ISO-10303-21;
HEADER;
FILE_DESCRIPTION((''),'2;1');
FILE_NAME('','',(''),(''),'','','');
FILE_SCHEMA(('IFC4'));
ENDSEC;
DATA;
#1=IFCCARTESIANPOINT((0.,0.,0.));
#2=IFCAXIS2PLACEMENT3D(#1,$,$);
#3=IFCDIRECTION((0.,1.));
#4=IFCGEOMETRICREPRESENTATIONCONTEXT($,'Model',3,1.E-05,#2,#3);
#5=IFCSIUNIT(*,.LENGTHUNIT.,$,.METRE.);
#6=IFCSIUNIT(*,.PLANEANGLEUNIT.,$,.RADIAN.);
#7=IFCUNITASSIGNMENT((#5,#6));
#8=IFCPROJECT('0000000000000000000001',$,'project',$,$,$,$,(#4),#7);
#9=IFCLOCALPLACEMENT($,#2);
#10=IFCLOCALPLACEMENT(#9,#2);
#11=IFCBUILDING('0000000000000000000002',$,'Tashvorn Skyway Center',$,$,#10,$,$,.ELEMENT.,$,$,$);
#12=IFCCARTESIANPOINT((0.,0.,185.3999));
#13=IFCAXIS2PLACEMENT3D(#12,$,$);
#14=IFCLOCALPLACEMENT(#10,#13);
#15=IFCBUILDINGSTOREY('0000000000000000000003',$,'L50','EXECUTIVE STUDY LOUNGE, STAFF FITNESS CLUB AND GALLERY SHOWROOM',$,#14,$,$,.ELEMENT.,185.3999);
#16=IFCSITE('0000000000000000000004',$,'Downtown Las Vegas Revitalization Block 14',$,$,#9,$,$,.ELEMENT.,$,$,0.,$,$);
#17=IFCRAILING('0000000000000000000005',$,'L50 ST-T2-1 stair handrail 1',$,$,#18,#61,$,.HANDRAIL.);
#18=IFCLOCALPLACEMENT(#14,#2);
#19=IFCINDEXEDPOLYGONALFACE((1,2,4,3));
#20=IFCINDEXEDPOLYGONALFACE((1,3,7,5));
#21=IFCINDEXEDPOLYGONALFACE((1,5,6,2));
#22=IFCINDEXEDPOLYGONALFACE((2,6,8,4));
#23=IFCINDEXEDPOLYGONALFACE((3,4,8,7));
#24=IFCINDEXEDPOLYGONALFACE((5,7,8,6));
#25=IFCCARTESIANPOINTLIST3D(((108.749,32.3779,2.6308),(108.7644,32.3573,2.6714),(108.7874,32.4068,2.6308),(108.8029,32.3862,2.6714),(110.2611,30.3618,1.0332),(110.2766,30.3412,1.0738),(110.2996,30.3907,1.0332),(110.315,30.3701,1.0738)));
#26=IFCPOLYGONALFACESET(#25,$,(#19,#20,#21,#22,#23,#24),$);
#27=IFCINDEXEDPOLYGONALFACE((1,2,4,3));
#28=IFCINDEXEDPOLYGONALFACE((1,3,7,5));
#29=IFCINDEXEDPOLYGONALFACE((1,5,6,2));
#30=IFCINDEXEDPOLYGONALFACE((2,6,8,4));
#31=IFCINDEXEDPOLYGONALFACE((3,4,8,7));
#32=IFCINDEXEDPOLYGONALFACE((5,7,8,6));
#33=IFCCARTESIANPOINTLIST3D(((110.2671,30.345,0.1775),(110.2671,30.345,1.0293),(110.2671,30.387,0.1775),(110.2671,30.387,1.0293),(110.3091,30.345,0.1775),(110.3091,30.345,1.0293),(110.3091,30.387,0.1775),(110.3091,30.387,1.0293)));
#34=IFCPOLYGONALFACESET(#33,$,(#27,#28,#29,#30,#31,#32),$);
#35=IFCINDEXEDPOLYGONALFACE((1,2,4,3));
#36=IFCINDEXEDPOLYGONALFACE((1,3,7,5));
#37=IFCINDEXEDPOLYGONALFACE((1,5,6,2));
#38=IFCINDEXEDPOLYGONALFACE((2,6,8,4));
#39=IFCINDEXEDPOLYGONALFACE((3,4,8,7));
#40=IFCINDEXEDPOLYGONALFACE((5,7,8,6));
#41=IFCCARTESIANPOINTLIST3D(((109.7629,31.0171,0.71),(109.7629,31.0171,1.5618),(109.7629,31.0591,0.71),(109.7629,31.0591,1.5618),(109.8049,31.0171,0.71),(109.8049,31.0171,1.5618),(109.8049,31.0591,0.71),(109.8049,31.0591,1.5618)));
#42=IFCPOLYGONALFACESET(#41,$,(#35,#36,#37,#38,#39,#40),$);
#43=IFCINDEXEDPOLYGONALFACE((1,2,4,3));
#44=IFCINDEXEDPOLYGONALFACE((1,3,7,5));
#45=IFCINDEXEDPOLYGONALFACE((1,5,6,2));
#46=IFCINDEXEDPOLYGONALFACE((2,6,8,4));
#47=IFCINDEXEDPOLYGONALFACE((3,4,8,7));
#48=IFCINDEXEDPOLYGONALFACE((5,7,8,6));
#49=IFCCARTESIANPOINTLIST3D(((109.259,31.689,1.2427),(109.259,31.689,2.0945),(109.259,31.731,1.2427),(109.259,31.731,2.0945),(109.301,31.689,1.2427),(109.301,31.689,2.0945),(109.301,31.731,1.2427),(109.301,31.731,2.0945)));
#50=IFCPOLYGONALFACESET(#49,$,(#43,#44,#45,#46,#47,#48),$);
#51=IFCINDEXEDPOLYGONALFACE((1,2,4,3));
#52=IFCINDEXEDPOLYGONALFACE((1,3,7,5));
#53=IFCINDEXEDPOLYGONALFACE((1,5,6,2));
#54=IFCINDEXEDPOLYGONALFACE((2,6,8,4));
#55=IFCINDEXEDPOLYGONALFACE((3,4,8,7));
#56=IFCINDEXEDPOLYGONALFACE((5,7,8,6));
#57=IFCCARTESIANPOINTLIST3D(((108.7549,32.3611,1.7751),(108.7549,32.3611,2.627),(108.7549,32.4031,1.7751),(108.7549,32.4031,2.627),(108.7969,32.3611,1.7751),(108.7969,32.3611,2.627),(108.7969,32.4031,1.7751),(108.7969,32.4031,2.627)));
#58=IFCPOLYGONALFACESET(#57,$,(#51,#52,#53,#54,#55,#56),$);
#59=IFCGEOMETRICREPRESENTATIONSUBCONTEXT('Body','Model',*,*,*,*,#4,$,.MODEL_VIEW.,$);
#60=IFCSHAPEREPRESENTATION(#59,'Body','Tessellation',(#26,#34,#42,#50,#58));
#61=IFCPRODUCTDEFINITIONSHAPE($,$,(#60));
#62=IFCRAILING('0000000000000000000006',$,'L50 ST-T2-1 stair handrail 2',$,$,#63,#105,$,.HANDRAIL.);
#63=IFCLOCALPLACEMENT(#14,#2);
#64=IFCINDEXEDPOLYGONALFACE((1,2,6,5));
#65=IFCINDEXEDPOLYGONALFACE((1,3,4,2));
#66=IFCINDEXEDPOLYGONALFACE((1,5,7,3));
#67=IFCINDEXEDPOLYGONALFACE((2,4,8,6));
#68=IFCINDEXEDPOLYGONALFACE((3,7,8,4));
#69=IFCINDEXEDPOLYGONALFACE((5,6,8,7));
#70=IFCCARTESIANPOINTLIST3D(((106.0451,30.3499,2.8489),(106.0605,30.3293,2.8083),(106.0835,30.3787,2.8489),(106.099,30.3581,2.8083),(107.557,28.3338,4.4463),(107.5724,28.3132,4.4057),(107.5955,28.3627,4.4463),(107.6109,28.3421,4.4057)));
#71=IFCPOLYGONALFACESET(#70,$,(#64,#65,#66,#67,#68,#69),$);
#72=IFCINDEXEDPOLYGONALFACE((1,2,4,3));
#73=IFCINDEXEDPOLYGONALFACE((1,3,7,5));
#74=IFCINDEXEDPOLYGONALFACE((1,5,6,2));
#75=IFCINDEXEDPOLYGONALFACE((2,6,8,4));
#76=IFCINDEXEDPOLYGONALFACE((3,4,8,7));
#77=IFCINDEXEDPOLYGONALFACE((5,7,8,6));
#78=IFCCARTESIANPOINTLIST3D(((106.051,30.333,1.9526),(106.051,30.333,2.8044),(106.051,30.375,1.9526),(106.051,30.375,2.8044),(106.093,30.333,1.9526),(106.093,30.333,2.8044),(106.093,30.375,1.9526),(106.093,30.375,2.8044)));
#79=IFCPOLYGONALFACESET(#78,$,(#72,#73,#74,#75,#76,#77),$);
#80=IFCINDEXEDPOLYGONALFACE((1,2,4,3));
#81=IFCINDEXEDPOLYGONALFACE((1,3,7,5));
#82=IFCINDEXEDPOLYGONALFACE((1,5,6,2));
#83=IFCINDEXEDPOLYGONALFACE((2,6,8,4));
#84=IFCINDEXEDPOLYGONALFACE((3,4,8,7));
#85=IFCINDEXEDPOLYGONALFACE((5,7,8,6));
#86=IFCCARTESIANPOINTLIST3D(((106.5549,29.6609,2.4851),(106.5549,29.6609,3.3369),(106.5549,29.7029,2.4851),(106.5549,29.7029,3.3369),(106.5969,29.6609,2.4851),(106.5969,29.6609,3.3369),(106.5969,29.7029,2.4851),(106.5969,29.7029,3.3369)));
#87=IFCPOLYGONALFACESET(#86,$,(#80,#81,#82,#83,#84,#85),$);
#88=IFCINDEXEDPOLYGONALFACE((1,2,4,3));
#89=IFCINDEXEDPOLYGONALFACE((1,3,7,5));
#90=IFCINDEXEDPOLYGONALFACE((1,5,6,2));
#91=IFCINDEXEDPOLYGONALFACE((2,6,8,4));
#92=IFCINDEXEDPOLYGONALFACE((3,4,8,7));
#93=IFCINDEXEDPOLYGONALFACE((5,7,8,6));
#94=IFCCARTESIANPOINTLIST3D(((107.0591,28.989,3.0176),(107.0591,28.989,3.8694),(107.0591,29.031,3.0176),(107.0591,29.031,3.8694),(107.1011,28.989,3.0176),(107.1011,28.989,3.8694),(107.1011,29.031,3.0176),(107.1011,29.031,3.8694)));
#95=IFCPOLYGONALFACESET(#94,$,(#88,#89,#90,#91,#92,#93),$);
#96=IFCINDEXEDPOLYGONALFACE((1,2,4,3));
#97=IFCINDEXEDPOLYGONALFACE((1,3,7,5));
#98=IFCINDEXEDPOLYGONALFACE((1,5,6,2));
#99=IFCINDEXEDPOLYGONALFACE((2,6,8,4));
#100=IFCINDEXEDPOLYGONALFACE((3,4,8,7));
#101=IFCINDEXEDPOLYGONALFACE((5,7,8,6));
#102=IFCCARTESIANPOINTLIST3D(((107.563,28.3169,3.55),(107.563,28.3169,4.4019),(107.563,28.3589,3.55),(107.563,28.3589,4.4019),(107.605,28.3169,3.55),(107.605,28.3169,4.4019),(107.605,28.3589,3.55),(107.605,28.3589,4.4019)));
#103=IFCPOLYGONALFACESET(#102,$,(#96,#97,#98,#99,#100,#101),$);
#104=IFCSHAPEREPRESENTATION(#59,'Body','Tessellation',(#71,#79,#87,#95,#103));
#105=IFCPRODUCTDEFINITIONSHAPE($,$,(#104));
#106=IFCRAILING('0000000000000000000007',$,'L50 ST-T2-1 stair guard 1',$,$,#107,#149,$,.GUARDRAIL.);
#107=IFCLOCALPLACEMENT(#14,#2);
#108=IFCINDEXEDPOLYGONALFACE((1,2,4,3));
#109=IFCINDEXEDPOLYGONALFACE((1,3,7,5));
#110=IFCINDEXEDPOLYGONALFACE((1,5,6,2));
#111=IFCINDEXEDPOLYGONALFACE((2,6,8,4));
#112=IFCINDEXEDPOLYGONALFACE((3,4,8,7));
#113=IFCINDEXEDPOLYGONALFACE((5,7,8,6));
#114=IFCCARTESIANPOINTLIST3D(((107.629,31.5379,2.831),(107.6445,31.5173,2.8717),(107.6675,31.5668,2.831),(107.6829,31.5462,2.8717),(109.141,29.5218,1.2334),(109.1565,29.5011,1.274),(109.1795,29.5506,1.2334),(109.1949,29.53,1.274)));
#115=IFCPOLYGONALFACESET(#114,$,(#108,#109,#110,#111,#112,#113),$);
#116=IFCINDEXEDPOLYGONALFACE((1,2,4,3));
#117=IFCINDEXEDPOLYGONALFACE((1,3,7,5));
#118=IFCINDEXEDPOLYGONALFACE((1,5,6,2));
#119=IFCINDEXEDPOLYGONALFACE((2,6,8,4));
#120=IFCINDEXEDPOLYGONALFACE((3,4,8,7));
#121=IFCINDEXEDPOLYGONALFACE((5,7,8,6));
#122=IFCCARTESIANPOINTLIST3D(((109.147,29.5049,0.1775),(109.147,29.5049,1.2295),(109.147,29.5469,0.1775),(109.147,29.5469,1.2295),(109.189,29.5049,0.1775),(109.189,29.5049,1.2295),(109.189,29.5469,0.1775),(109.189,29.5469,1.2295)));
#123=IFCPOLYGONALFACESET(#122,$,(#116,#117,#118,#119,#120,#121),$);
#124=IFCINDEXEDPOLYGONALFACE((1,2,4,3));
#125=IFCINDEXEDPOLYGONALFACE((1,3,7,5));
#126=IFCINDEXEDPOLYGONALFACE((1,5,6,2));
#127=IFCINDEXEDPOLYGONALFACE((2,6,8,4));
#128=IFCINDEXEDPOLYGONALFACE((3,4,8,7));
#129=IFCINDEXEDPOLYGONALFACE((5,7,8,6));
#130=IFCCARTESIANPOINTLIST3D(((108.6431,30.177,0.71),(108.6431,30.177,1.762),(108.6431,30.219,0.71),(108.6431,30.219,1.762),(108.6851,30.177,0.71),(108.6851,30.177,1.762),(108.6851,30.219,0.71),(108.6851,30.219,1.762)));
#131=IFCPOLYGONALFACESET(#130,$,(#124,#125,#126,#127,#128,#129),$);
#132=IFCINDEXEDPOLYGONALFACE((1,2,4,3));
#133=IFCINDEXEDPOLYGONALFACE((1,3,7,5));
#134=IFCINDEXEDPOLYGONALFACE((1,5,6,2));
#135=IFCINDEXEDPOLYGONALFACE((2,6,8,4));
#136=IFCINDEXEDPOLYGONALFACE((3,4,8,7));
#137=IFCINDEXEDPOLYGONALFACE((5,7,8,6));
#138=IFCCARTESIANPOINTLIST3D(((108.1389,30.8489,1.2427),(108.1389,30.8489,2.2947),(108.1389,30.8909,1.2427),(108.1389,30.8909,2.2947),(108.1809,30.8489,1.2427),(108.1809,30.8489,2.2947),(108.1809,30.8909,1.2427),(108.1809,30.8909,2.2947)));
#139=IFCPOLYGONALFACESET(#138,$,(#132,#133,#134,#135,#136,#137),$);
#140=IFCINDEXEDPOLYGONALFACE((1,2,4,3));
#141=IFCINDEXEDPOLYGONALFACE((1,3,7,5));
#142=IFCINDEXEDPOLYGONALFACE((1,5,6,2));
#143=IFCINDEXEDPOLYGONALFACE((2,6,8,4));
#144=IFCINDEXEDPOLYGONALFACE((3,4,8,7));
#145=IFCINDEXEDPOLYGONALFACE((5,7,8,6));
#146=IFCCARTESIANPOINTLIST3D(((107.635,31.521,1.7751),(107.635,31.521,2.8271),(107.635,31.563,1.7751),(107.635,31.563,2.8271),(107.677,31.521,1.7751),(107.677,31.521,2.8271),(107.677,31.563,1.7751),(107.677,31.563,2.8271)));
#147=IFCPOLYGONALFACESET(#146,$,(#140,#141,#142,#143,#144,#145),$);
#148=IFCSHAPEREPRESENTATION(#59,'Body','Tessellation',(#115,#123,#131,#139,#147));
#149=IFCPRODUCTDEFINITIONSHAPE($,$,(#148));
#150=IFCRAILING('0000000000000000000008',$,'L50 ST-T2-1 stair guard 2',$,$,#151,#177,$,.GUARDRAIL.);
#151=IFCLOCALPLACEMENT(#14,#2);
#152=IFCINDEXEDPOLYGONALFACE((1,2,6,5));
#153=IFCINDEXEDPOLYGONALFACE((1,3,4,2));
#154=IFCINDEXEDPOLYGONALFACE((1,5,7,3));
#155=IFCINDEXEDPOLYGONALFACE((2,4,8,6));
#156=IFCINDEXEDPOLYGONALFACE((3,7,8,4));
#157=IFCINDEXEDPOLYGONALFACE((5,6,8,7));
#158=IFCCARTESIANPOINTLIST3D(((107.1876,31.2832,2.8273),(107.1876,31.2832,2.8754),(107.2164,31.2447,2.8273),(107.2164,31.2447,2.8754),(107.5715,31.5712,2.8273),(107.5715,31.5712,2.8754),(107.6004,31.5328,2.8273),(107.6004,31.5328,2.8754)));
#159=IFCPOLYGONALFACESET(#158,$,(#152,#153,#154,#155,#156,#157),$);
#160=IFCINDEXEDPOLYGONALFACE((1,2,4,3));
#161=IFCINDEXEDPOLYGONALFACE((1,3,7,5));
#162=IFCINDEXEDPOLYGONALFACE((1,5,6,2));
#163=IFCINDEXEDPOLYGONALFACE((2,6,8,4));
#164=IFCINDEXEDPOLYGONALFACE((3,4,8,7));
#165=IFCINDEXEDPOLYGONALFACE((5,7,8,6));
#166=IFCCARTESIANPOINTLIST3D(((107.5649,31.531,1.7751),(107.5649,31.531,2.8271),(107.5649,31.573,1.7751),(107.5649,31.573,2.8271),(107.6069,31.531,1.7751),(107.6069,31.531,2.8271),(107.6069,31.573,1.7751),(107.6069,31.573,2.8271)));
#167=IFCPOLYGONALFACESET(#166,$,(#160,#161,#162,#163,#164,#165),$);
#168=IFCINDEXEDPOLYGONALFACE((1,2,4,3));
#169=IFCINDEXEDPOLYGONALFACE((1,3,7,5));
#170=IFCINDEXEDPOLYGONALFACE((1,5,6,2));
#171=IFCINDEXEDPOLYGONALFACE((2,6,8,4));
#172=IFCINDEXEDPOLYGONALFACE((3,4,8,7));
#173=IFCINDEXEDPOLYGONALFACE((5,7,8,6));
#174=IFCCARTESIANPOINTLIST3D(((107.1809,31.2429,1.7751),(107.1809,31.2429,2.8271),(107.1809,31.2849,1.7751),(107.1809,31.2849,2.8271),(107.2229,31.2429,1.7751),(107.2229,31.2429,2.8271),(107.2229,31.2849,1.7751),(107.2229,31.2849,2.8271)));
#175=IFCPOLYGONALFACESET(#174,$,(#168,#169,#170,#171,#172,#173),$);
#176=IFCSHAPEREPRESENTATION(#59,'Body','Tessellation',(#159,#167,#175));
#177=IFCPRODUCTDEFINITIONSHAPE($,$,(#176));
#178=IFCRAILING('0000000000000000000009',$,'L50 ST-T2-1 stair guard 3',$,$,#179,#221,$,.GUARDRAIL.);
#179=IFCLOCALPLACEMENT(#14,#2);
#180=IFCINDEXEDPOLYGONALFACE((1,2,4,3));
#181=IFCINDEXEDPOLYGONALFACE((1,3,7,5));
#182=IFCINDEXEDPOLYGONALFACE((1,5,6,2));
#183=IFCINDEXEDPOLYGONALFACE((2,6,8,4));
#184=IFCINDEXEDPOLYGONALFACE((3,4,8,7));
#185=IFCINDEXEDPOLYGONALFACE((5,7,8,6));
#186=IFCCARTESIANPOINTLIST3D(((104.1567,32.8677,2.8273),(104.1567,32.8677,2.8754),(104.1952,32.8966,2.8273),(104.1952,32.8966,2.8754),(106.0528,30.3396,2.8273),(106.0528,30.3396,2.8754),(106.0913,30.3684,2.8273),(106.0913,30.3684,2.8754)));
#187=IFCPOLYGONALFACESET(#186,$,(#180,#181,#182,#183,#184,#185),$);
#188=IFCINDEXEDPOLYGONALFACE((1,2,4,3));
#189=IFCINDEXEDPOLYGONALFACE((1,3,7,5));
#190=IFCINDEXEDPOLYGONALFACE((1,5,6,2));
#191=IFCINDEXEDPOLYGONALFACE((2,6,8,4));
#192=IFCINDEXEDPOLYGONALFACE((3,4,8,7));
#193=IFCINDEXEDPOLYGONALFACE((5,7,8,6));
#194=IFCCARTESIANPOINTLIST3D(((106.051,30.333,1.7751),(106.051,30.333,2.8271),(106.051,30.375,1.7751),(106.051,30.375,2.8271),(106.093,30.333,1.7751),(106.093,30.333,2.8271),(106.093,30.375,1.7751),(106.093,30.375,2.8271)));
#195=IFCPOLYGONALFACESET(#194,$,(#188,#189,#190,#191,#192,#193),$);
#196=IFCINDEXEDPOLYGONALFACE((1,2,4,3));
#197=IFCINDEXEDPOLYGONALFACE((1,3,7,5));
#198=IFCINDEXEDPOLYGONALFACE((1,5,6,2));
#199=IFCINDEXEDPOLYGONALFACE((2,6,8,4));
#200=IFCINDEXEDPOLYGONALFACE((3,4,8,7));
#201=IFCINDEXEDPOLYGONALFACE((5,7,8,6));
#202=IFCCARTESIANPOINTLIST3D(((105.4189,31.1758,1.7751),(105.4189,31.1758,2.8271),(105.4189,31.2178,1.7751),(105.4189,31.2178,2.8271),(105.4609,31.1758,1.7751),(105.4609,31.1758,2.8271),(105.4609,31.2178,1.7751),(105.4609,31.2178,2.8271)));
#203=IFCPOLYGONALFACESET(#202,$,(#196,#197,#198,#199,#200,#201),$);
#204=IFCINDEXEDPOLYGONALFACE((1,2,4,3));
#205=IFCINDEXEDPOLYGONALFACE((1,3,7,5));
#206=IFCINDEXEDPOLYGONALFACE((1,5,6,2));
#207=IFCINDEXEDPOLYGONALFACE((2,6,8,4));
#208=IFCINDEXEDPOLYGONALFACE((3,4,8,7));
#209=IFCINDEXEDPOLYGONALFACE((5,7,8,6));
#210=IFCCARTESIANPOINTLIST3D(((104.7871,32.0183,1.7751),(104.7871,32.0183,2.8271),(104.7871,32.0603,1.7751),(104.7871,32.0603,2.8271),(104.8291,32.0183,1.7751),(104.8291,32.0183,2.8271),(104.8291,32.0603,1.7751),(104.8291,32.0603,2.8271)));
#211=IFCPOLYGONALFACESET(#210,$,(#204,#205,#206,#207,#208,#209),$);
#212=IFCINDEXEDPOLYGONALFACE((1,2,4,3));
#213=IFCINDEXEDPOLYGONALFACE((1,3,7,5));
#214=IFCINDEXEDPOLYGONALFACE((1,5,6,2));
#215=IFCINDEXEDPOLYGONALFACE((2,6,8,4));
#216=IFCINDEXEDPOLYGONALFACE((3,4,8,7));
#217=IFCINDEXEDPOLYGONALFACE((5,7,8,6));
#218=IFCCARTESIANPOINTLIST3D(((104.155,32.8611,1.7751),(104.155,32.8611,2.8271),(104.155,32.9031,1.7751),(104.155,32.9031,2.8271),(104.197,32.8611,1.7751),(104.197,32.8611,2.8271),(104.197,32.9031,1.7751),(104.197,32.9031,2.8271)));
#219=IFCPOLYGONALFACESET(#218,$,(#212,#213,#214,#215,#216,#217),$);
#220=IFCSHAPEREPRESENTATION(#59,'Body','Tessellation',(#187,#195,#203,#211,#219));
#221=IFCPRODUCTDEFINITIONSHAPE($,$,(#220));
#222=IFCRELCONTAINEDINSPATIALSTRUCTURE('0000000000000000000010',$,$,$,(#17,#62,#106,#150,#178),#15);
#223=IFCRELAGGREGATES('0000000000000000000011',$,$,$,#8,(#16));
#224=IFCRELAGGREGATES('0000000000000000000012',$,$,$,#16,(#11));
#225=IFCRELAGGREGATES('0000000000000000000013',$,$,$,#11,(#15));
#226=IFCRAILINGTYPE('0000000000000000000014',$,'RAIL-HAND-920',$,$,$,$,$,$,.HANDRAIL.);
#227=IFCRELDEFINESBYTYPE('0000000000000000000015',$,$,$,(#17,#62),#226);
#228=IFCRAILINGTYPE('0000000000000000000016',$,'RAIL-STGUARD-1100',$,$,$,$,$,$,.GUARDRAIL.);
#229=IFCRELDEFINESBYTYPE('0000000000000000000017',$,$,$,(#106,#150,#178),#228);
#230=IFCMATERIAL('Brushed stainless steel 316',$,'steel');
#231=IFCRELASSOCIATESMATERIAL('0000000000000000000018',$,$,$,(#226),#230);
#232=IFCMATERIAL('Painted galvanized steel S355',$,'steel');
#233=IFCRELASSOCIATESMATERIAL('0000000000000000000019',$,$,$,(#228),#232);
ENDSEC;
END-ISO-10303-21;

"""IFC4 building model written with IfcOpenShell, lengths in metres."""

from ifc_helpers import new_model, si_unit, direction, frame, origin, origin_2d, place, context, subcontext, project, spatial, rectangle, extrude, material, type_object, element, save


model = new_model("IFC4")

# Units and contexts
model_context = context("Model", 3, precision=1e-05, world=origin(), true_north=direction((0.0, 1.0)))
body_context = subcontext(model_context, "Body", "Model", "MODEL_VIEW")
ifc_project = project(units=[si_unit("LENGTHUNIT", "METRE"), si_unit("PLANEANGLEUNIT", "RADIAN")], contexts=[model_context])

# Site, building, storey
site_placement = place(None, origin())
site = spatial("IfcSite", under=ifc_project, at=site_placement, Name="Downtown Las Vegas Revitalization Block 14", CompositionType="ELEMENT", RefElevation=0.0)
building_placement = place(site_placement, origin())
building = spatial("IfcBuilding", under=site, at=building_placement, Name="Tashvorn Skyway Center", CompositionType="ELEMENT")
storey_placement = place(building_placement, frame((0.0, 0.0, 185.3999)))
storey = spatial("IfcBuildingStorey", under=building, at=storey_placement, Name="L50", Description="EXECUTIVE STUDY LOUNGE, STAFF FITNESS CLUB AND GALLERY SHOWROOM", CompositionType="ELEMENT", Elevation=185.3999)

# Railings
ifc_material_1 = material(Name="Brushed stainless steel 316", Category="steel")
railing_type_1 = type_object("IfcRailingType", Name="RAIL-HAND-920", PredefinedType="HANDRAIL", material=ifc_material_1)
railing_1_placement = place(storey_placement, frame((110.2881, 30.366, 0.1775)))
element("IfcRailing", 1, at=railing_1_placement, inside=storey, type_object=railing_type_1, Name="L50 ST-T2-1 stair handrail 1", PredefinedType="HANDRAIL", context=body_context, shape_type="SweptSolid", body=[
    extrude(rectangle(XDim=0.0481, YDim=0.0481, at=origin_2d()), frame((0.0, 0.0, 0.876), z_axis=(-0.506779, 0.675651, 0.535416), x_axis=(-0.799977, -0.600031, 0.0)), (0.0, 0.0, 1.0), 2.9839),
    extrude(rectangle(XDim=0.042, YDim=0.042, at=origin_2d()), origin(), (0.0, 0.0, 1.0), 0.8518),
    extrude(rectangle(XDim=0.042, YDim=0.042, at=origin_2d()), frame((-0.5042, 0.6721, 0.5325)), (0.0, 0.0, 1.0), 0.8518),
    extrude(rectangle(XDim=0.042, YDim=0.042, at=origin_2d()), frame((-1.0081, 1.344, 1.0652)), (0.0, 0.0, 1.0), 0.8518),
    extrude(rectangle(XDim=0.042, YDim=0.042, at=origin_2d()), frame((-1.5122, 2.0161, 1.5977)), (0.0, 0.0, 1.0), 0.8518),
])
railing_2_placement = place(storey_placement, frame((106.072, 30.354, 1.9526)))
element("IfcRailing", 2, at=railing_2_placement, inside=storey, type_object=railing_type_1, Name="L50 ST-T2-1 stair handrail 2", PredefinedType="HANDRAIL", context=body_context, shape_type="SweptSolid", body=[
    extrude(rectangle(XDim=0.0481, YDim=0.0481, at=origin_2d()), frame((0.0, 0.0, 0.876), z_axis=(0.506741, -0.675709, 0.535379), x_axis=(0.800023, 0.599969, 0.0)), (0.0, 0.0, 1.0), 2.9836),
    extrude(rectangle(XDim=0.042, YDim=0.042, at=origin_2d()), origin(), (0.0, 0.0, 1.0), 0.8518),
    extrude(rectangle(XDim=0.042, YDim=0.042, at=origin_2d()), frame((0.5039, -0.6721, 0.5325)), (0.0, 0.0, 1.0), 0.8518),
    extrude(rectangle(XDim=0.042, YDim=0.042, at=origin_2d()), frame((1.0081, -1.344, 1.0649)), (0.0, 0.0, 1.0), 0.8518),
    extrude(rectangle(XDim=0.042, YDim=0.042, at=origin_2d()), frame((1.512, -2.0161, 1.5974)), (0.0, 0.0, 1.0), 0.8518),
])
ifc_material_2 = material(Name="Painted galvanized steel S355", Category="steel")
railing_type_2 = type_object("IfcRailingType", Name="RAIL-STGUARD-1100", PredefinedType="GUARDRAIL", material=ifc_material_2)
railing_3_placement = place(storey_placement, frame((109.168, 29.5259, 0.1775)))
element("IfcRailing", 3, at=railing_3_placement, inside=storey, type_object=railing_type_2, Name="L50 ST-T2-1 stair guard 1", PredefinedType="GUARDRAIL", context=body_context, shape_type="SweptSolid", body=[
    extrude(rectangle(XDim=0.0481, YDim=0.0481, at=origin_2d()), frame((0.0, 0.0, 1.0762), z_axis=(-0.506719, 0.675679, 0.535438), x_axis=(-0.800023, -0.599969, 0.0)), (0.0, 0.0, 1.0), 2.9839),
    extrude(rectangle(XDim=0.042, YDim=0.042, at=origin_2d()), origin(), (0.0, 0.0, 1.0), 1.052),
    extrude(rectangle(XDim=0.042, YDim=0.042, at=origin_2d()), frame((-0.5039, 0.6721, 0.5325)), (0.0, 0.0, 1.0), 1.052),
    extrude(rectangle(XDim=0.042, YDim=0.042, at=origin_2d()), frame((-1.0081, 1.344, 1.0652)), (0.0, 0.0, 1.0), 1.052),
    extrude(rectangle(XDim=0.042, YDim=0.042, at=origin_2d()), frame((-1.512, 2.0161, 1.5977)), (0.0, 0.0, 1.0), 1.052),
])
railing_4_placement = place(storey_placement, frame((107.5859, 31.552, 1.7751)))
element("IfcRailing", 4, at=railing_4_placement, inside=storey, type_object=railing_type_2, Name="L50 ST-T2-1 stair guard 2", PredefinedType="GUARDRAIL", context=body_context, shape_type="SweptSolid", body=[
    extrude(rectangle(XDim=0.0481, YDim=0.0481, at=origin_2d()), frame((0.0, 0.0, 1.0762), z_axis=(-0.799939, -0.600081, 0.0), x_axis=(0.600081, -0.799939, 0.0)), (0.0, 0.0, 1.0), 0.48),
    extrude(rectangle(XDim=0.042, YDim=0.042, at=origin_2d()), origin(), (0.0, 0.0, 1.0), 1.052),
    extrude(rectangle(XDim=0.042, YDim=0.042, at=origin_2d()), frame((-0.384, -0.2881, 0.0)), (0.0, 0.0, 1.0), 1.052),
])
railing_5_placement = place(storey_placement, frame((106.072, 30.354, 1.7751)))
element("IfcRailing", 5, at=railing_5_placement, inside=storey, type_object=railing_type_2, Name="L50 ST-T2-1 stair guard 3", PredefinedType="GUARDRAIL", context=body_context, shape_type="SweptSolid", body=[
    extrude(rectangle(XDim=0.0481, YDim=0.0481, at=origin_2d()), frame((0.0, 0.0, 1.0762), z_axis=(-0.599988, 0.800009, 0.0), x_axis=(-0.800009, -0.599988, 0.0)), (0.0, 0.0, 1.0), 3.1602),
    extrude(rectangle(XDim=0.042, YDim=0.042, at=origin_2d()), origin(), (0.0, 0.0, 1.0), 1.052),
    extrude(rectangle(XDim=0.042, YDim=0.042, at=origin_2d()), frame((-0.6321, 0.8428, 0.0)), (0.0, 0.0, 1.0), 1.052),
    extrude(rectangle(XDim=0.042, YDim=0.042, at=origin_2d()), frame((-1.2639, 1.6853, 0.0)), (0.0, 0.0, 1.0), 1.052),
    extrude(rectangle(XDim=0.042, YDim=0.042, at=origin_2d()), frame((-1.896, 2.5281, 0.0)), (0.0, 0.0, 1.0), 1.052),
])

save(model, "model.ifc")
